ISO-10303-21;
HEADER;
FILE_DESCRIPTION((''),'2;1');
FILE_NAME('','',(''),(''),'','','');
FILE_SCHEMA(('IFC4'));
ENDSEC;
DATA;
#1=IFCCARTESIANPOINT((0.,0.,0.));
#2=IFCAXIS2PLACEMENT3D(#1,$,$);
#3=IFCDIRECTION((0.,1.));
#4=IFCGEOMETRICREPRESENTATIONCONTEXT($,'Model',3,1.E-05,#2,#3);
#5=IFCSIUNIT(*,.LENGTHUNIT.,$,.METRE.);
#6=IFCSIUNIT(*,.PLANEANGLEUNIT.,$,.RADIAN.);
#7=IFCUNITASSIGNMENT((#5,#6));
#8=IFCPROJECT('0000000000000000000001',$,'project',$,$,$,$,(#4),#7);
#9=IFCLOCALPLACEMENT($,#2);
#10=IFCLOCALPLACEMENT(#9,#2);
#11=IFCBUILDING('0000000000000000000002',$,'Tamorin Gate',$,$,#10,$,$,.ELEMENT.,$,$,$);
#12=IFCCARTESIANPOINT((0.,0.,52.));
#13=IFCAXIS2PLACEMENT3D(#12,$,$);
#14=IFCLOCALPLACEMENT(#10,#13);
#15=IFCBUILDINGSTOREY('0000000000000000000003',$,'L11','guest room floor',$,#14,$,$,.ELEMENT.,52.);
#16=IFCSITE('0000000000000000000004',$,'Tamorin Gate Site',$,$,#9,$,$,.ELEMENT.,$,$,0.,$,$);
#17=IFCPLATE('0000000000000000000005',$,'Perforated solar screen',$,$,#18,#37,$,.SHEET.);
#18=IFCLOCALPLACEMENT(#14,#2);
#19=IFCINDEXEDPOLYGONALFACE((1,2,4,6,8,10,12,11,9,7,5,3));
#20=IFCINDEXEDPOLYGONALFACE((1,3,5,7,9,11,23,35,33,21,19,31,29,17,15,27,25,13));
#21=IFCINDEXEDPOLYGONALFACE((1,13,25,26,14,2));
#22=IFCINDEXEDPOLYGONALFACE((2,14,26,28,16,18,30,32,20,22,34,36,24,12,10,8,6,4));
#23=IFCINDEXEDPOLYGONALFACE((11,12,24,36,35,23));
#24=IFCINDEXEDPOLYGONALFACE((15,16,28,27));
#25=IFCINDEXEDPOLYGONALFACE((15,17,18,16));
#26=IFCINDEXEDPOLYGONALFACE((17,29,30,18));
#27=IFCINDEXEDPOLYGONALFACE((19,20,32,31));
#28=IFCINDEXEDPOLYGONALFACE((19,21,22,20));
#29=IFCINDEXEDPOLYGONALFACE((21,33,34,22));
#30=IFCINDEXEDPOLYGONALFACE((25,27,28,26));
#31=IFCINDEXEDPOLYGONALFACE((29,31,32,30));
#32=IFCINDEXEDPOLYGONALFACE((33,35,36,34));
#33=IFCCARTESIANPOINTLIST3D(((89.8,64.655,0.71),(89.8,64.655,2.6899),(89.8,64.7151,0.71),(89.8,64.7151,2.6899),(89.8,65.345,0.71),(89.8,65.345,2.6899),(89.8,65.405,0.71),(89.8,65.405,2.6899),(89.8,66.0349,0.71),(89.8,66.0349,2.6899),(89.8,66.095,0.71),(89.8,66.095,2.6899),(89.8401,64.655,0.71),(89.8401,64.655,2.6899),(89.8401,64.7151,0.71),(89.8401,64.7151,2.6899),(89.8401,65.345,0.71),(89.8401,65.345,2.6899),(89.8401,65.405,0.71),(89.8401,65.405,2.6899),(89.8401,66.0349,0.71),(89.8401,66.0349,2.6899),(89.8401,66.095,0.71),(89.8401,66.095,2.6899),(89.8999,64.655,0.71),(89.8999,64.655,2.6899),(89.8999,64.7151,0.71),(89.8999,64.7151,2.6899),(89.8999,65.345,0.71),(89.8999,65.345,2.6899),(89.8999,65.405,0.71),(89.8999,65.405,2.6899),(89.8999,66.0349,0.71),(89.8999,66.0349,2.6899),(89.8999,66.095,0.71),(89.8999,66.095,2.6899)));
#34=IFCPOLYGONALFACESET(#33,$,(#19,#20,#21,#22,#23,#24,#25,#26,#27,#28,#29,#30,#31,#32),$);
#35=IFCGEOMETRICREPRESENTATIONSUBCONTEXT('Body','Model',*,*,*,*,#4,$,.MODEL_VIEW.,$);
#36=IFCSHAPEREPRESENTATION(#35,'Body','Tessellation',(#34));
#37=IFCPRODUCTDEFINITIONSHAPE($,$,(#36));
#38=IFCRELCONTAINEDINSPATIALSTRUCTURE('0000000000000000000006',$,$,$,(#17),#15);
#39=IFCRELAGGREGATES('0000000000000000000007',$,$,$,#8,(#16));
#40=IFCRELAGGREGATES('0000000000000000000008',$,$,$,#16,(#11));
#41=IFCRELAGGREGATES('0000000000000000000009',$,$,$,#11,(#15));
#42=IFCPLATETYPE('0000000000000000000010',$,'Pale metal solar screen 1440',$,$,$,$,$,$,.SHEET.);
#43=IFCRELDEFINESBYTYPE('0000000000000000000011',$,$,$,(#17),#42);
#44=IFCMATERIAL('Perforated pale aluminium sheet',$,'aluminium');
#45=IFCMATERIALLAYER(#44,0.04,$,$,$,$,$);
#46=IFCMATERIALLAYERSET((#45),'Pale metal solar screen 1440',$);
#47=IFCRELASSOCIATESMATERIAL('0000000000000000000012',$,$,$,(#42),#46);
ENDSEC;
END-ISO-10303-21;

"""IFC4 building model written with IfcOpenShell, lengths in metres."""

from ifc_helpers import new_model, si_unit, direction, frame, origin, place, context, subcontext, project, spatial, polyline, outline, extrude, material, layer, layer_set, type_object, element, save


model = new_model("IFC4")

# Units and contexts
model_context = context("Model", 3, precision=1e-05, world=origin(), true_north=direction((0.0, 1.0)))
body_context = subcontext(model_context, "Body", "Model", "MODEL_VIEW")
ifc_project = project(units=[si_unit("LENGTHUNIT", "METRE"), si_unit("PLANEANGLEUNIT", "RADIAN")], contexts=[model_context])

# Site, building, storey
site_placement = place(None, origin())
site = spatial("IfcSite", under=ifc_project, at=site_placement, Name="Tamorin Gate Site", CompositionType="ELEMENT", RefElevation=0.0)
building_placement = place(site_placement, origin())
building = spatial("IfcBuilding", under=site, at=building_placement, Name="Tamorin Gate", CompositionType="ELEMENT")
storey_placement = place(building_placement, frame((0.0, 0.0, 52.0)))
storey = spatial("IfcBuildingStorey", under=building, at=storey_placement, Name="L11", Description="guest room floor", CompositionType="ELEMENT", Elevation=52.0)

# Plate
ifc_material_1 = material(Name="Perforated pale aluminium sheet", Category="aluminium")
ifc_layer_1 = layer(ifc_material_1, 0.04)
ifc_layer_set_1 = layer_set([ifc_layer_1], Name="Pale metal solar screen 1440")
plate_type = type_object("IfcPlateType", Name="Pale metal solar screen 1440", PredefinedType="SHEET", material=ifc_layer_set_1)
plate_1_placement = place(storey_placement, frame((0.0, 0.0, 0.71)))
element("IfcPlate", 1, at=plate_1_placement, inside=storey, type_object=plate_type, Name="Perforated solar screen", PredefinedType="SHEET", context=body_context, shape_type="SweptSolid", body=[
    extrude(outline(polyline([(89.8401, 64.655), (89.8, 64.655), (89.8, 64.7151), (89.8, 65.345), (89.8, 65.405), (89.8, 66.0349), (89.8, 66.095), (89.8401, 66.095), (89.8999, 66.095), (89.8999, 66.0349), (89.8401, 66.0349), (89.8401, 65.405), (89.8999, 65.405), (89.8999, 65.345), (89.8401, 65.345), (89.8401, 64.7151), (89.8999, 64.7151), (89.8999, 64.655), (89.8401, 64.655)])), origin(), (0.0, 0.0, 1.0), 1.98),
])

save(model, "model.ifc")
